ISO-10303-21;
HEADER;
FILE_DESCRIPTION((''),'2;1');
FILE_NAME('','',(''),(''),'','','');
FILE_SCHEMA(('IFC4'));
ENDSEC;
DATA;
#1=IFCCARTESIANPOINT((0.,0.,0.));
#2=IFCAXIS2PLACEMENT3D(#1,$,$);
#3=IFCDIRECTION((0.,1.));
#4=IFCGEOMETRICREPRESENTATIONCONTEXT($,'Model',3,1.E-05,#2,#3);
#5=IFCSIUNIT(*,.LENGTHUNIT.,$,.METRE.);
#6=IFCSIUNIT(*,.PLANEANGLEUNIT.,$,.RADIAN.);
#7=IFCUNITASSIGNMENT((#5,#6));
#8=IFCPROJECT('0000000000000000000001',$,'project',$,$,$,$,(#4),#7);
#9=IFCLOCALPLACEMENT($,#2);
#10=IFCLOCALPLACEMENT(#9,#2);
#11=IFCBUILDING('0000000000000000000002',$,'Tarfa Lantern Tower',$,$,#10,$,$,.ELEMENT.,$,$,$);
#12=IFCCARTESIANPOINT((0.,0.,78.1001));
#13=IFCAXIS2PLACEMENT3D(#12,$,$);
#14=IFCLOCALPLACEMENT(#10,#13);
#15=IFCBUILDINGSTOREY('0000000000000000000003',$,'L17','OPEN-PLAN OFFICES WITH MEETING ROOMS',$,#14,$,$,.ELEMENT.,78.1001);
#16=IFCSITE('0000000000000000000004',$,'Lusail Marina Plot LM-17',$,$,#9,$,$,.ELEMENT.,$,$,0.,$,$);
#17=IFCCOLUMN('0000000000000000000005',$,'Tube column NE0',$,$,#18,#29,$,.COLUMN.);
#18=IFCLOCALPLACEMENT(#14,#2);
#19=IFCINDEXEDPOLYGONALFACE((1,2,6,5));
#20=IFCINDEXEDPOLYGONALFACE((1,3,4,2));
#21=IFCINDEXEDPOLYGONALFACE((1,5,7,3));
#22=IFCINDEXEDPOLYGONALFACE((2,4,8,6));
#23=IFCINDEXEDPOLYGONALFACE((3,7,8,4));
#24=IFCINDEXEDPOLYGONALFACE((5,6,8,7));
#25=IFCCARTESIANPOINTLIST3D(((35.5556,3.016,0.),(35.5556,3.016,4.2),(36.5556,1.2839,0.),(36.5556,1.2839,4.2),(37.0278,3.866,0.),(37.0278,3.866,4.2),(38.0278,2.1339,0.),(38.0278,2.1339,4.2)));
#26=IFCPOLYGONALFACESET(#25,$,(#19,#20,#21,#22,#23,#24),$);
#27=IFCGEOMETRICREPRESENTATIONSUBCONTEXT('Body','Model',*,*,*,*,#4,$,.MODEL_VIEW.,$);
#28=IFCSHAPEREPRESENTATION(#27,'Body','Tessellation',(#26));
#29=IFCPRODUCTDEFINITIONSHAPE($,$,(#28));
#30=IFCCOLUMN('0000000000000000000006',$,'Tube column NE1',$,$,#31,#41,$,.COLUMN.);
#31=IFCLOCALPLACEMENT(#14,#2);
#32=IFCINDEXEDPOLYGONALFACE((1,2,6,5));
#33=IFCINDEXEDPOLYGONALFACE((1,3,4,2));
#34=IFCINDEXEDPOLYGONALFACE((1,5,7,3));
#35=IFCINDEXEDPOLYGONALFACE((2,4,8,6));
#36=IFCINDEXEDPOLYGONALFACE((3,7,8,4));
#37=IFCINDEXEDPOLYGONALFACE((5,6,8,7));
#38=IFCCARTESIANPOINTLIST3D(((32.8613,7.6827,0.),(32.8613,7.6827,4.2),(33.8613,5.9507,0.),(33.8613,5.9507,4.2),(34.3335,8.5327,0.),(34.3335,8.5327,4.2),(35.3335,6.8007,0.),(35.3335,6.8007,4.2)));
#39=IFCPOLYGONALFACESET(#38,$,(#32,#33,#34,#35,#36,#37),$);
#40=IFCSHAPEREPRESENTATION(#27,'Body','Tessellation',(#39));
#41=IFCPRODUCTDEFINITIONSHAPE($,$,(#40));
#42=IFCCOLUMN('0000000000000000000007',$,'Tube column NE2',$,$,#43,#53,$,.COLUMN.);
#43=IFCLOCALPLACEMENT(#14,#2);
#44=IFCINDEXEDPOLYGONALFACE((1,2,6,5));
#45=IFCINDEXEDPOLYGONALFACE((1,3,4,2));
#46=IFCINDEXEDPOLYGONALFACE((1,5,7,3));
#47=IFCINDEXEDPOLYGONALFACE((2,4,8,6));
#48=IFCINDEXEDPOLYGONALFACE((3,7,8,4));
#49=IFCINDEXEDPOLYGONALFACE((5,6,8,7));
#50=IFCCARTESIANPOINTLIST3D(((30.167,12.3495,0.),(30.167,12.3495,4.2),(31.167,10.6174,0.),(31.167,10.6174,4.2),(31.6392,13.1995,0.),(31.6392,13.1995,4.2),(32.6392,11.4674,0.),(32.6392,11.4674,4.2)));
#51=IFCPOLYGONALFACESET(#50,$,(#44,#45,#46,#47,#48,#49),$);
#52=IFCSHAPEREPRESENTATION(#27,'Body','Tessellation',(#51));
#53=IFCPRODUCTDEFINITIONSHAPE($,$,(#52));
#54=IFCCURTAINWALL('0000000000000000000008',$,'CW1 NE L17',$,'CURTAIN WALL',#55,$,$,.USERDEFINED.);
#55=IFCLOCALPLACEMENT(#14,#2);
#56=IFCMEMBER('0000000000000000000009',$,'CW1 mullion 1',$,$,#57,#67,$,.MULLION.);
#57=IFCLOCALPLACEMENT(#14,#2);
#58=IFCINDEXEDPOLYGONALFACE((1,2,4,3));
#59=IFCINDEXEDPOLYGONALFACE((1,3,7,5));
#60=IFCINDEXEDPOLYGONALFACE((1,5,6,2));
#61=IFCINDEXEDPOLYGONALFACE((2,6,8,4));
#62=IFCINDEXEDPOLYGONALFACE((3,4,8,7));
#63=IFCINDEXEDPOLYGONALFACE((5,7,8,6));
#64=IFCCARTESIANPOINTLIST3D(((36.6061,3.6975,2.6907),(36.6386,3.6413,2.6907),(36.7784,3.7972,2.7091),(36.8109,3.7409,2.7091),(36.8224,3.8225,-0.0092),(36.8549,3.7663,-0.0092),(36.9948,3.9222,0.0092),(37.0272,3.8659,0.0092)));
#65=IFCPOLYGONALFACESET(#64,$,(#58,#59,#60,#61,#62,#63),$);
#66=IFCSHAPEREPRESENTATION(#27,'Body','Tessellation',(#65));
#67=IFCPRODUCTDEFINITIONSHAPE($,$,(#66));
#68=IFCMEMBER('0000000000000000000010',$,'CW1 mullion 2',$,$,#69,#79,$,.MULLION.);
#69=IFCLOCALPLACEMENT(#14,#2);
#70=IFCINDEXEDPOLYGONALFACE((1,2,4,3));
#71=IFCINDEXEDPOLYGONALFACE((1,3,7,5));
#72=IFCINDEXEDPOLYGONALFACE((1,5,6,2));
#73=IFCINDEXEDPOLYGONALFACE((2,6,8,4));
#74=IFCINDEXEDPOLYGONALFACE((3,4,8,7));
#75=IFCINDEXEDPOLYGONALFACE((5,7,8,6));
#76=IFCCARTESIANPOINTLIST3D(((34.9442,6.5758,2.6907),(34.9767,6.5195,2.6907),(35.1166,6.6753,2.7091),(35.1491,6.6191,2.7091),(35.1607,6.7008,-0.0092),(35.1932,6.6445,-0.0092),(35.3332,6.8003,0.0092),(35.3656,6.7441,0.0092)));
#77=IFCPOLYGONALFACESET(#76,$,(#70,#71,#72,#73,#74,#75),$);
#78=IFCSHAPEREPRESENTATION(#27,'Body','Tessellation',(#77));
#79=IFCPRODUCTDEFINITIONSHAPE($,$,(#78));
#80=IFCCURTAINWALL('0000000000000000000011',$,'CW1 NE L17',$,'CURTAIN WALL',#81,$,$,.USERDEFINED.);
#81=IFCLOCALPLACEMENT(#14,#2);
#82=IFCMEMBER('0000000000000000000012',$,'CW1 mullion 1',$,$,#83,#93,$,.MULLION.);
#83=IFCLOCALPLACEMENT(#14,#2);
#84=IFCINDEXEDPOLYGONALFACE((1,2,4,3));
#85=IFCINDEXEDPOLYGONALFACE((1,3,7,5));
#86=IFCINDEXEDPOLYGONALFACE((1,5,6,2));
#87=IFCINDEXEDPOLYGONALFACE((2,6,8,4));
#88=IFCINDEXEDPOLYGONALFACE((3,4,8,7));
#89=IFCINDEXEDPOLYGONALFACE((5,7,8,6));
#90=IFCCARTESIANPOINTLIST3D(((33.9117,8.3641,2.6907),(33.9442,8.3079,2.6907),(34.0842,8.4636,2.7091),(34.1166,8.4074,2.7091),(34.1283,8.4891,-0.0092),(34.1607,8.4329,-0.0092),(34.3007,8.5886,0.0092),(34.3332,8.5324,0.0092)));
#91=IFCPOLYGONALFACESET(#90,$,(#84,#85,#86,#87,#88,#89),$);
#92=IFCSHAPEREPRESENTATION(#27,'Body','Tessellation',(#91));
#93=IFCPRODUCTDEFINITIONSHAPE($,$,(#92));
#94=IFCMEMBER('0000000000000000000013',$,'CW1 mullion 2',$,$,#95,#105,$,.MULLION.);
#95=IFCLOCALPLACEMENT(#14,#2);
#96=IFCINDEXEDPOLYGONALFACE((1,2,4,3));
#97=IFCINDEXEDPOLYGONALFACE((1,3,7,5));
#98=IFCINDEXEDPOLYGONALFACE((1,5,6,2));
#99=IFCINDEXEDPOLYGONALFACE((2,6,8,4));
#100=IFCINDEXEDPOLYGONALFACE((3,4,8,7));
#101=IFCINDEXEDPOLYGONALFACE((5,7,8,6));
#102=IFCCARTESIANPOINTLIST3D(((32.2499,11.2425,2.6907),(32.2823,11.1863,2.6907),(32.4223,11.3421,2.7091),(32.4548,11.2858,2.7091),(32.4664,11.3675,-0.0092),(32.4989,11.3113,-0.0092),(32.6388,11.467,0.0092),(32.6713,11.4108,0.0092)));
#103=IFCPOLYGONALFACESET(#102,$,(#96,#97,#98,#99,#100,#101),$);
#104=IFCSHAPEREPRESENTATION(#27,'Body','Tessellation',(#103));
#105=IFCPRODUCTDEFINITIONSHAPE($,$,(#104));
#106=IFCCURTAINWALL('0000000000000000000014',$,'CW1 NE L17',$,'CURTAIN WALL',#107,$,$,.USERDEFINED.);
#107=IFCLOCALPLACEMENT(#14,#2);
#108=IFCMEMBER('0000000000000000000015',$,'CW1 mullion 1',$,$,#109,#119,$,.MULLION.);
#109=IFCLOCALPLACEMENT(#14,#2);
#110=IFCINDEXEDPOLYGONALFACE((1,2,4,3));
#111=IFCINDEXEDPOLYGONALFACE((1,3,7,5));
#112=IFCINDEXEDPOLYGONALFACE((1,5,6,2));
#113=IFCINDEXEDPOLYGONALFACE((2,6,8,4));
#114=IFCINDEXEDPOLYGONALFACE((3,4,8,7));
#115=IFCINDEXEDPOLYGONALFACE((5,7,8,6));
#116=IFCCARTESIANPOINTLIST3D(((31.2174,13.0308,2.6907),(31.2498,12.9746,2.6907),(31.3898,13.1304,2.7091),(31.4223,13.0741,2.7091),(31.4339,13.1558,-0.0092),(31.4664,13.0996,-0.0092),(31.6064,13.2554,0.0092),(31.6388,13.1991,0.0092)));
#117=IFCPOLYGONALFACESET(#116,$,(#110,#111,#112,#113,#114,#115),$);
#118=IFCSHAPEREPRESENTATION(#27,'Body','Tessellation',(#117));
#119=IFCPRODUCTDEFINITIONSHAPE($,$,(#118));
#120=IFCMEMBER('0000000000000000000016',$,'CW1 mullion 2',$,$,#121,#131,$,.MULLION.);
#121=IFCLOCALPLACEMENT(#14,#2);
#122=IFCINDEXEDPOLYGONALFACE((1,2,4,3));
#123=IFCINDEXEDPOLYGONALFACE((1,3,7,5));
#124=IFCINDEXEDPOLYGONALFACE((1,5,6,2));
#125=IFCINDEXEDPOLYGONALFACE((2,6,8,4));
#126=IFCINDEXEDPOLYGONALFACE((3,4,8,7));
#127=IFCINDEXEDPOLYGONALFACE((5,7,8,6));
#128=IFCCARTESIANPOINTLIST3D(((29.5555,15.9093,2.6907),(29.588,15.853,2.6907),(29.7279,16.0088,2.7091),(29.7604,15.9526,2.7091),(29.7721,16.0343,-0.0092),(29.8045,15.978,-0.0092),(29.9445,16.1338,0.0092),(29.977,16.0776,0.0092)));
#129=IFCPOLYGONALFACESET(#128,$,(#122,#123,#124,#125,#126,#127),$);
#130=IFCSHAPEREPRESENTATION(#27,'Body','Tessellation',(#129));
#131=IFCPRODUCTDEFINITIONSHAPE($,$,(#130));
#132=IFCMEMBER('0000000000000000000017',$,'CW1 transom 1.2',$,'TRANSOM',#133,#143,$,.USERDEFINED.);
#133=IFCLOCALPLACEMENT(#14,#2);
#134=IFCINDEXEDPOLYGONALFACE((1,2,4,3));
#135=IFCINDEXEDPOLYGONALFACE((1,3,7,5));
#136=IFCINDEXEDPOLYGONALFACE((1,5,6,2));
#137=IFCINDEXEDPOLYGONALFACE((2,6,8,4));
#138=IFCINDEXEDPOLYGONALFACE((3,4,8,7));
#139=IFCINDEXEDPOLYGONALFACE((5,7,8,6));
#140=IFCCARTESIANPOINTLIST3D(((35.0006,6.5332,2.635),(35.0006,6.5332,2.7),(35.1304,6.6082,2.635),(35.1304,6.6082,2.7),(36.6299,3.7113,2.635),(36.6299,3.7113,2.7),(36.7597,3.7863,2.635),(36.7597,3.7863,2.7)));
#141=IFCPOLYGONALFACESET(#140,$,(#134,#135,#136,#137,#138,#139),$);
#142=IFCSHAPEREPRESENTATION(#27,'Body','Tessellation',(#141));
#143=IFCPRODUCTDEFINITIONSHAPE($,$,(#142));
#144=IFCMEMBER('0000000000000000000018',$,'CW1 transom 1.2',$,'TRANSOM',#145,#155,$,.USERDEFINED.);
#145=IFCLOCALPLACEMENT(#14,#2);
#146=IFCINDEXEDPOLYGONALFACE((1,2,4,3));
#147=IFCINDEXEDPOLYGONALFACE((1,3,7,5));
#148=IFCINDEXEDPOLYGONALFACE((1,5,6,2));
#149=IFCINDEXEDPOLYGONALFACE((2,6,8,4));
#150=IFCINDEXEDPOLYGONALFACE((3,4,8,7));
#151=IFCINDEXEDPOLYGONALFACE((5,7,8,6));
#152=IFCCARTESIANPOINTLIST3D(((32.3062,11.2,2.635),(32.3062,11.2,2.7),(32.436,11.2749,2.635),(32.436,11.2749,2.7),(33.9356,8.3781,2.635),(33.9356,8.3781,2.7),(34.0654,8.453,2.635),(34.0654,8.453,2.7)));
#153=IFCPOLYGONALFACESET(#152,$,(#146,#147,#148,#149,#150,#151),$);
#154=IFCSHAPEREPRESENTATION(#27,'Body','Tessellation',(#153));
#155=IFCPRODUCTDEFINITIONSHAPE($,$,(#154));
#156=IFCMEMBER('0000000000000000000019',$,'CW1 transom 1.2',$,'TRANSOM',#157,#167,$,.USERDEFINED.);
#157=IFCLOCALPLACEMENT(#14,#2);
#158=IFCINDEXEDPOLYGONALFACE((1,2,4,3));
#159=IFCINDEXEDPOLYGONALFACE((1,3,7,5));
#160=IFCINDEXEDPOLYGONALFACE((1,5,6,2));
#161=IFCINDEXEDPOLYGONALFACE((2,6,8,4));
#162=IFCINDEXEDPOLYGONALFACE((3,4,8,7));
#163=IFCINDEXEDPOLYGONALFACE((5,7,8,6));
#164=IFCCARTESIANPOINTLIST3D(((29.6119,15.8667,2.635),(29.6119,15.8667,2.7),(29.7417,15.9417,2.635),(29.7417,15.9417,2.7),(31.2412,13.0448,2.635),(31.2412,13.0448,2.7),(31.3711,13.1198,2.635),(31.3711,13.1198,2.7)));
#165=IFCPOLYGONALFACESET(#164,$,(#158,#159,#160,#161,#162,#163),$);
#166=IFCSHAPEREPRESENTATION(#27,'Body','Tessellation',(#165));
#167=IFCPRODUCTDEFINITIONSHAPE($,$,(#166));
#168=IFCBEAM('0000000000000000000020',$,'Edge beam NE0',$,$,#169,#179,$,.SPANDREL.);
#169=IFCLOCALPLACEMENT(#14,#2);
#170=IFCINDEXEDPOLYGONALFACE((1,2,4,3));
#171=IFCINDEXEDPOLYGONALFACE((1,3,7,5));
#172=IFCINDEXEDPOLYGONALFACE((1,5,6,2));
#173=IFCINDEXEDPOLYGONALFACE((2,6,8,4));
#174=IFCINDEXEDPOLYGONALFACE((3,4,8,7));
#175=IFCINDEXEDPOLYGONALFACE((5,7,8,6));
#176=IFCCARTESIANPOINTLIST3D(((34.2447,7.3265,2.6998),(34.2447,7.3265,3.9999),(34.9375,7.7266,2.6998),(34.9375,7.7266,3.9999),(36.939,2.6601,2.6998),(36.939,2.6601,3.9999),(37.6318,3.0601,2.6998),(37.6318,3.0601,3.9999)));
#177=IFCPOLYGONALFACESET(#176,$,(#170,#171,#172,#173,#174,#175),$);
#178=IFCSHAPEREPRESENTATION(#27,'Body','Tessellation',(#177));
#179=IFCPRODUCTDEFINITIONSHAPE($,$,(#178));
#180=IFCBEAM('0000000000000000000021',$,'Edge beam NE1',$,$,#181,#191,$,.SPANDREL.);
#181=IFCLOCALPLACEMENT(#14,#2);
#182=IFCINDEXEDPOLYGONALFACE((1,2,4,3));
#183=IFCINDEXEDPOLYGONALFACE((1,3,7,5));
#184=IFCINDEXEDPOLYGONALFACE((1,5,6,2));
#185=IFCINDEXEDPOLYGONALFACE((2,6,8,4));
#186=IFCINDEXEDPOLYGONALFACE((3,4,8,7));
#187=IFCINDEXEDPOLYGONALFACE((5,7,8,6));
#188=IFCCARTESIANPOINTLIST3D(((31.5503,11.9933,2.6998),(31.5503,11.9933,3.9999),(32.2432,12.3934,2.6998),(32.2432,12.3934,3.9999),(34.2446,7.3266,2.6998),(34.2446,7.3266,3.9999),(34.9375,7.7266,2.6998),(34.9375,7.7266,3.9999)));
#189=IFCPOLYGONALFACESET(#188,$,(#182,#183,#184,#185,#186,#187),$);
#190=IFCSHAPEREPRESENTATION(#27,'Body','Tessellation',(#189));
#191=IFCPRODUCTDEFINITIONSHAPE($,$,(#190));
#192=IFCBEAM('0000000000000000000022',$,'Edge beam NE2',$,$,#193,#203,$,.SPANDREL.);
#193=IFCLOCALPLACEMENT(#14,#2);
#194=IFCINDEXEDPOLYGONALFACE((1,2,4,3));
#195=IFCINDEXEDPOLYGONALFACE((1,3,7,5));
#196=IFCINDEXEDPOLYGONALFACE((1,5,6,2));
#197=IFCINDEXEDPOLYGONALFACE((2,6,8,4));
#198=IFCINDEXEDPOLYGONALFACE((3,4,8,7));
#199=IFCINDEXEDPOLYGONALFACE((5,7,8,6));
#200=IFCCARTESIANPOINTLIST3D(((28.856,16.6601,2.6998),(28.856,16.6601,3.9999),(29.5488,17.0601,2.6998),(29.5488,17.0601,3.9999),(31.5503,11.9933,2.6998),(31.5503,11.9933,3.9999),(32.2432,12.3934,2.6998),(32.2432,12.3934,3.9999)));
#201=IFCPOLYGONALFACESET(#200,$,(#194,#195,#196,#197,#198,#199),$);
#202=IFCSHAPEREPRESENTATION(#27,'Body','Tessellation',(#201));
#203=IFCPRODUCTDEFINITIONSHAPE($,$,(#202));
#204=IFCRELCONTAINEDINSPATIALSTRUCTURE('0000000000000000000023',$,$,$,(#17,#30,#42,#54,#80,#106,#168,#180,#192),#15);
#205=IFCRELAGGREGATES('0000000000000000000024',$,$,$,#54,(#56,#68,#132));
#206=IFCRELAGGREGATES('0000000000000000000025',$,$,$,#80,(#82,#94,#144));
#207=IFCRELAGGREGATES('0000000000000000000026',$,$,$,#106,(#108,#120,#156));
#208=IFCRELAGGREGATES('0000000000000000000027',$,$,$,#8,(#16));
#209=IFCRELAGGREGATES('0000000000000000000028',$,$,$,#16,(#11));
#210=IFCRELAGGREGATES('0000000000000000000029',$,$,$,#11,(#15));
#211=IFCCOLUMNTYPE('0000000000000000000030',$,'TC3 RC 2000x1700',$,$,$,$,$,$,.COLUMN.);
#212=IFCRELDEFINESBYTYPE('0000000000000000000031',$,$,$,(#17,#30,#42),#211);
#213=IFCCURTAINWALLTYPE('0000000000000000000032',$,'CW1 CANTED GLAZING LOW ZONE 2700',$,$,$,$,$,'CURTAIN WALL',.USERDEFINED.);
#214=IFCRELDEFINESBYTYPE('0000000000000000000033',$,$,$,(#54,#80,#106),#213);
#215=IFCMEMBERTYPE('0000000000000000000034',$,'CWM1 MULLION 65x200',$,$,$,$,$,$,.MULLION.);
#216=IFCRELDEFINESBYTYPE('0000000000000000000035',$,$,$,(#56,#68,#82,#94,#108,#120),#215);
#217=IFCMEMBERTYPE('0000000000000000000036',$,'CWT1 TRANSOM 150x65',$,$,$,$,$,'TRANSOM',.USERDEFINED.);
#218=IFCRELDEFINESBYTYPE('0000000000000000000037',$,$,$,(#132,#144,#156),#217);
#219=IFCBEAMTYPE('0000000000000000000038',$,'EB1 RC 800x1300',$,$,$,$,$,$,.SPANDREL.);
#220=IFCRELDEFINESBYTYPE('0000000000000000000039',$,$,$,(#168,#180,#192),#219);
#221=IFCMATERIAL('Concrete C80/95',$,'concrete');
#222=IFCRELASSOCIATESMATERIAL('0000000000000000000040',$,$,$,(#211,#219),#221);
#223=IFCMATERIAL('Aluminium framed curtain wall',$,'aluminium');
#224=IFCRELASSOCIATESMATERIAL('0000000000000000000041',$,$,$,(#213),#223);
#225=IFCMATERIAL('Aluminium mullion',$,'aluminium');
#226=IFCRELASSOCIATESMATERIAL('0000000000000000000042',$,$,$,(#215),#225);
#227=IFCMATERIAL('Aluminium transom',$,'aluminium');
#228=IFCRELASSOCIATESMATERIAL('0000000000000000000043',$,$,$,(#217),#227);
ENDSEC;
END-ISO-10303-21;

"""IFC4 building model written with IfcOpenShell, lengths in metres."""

from ifc_helpers import new_model, si_unit, direction, frame, origin, origin_2d, place, context, subcontext, project, spatial, rectangle, extrude, material, material_profile, profile_set, type_object, element, aggregate, save


model = new_model("IFC4")

# Units and contexts
model_context = context("Model", 3, precision=1e-05, world=origin(), true_north=direction((0.0, 1.0)))
body_context = subcontext(model_context, "Body", "Model", "MODEL_VIEW")
ifc_project = project(units=[si_unit("LENGTHUNIT", "METRE"), si_unit("PLANEANGLEUNIT", "RADIAN")], contexts=[model_context])

# Site, building, storey
site_placement = place(None, origin())
site = spatial("IfcSite", under=ifc_project, at=site_placement, Name="Lusail Marina Plot LM-17", CompositionType="ELEMENT", RefElevation=0.0)
building_placement = place(site_placement, origin())
building = spatial("IfcBuilding", under=site, at=building_placement, Name="Tarfa Lantern Tower", CompositionType="ELEMENT")
storey_placement = place(building_placement, frame((0.0, 0.0, 78.1001)))
storey = spatial("IfcBuildingStorey", under=building, at=storey_placement, Name="L17", Description="OPEN-PLAN OFFICES WITH MEETING ROOMS", CompositionType="ELEMENT", Elevation=78.1001)

# Columns
ifc_material_1 = material(Name="Concrete C80/95", Category="concrete")
ifc_material_profile_1 = material_profile(ifc_material_1, rectangle(XDim=2.0, YDim=1.7, at=origin_2d()), Name="RC 2000x1700")
ifc_profile_set_1 = profile_set([ifc_material_profile_1], Name="Concrete C80/95")
column_type = type_object("IfcColumnType", Name="TC3 RC 2000x1700", PredefinedType="COLUMN", material=ifc_profile_set_1)
for number, where, z_axis, x_axis, name in (
    (1, (36.7917, 2.575, 0.0), (0.0, 0.0, 1.0), (-0.5, 0.866025, 0.0), "Tube column NE0"),
    (2, (34.0974, 7.2417, 0.0), (0.0, 0.0, 1.0), (-0.5, 0.866025, 0.0), "Tube column NE1"),
    (3, (31.4031, 11.9084, 0.0), (0.0, 0.0, 1.0), (-0.5, 0.866025, 0.0), "Tube column NE2"),
):
    element("IfcColumn", number, at=place(storey_placement, frame(where, z_axis=z_axis, x_axis=x_axis)), inside=storey, type_object=column_type, Name=name, PredefinedType="COLUMN", context=body_context, shape_type="SweptSolid", body=[
        extrude(rectangle(XDim=2.0, YDim=1.7, at=origin_2d()), origin(), (0.0, 0.0, 1.0), 4.2),
    ])

# Curtain walls, members
ifc_material_2 = material(Name="Aluminium framed curtain wall", Category="aluminium")
curtain_wall_type = type_object("IfcCurtainWallType", Name="CW1 CANTED GLAZING LOW ZONE 2700", ElementType="CURTAIN WALL", PredefinedType="USERDEFINED", material=ifc_material_2)
curtain_wall_1_placement = place(storey_placement, origin())
curtain_wall_1 = element("IfcCurtainWall", 4, at=curtain_wall_1_placement, inside=storey, type_object=curtain_wall_type, Name="CW1 NE L17", ObjectType="CURTAIN WALL", PredefinedType="USERDEFINED")
ifc_material_3 = material(Name="Aluminium mullion", Category="aluminium")
ifc_material_profile_2 = material_profile(ifc_material_3, rectangle(XDim=0.0649, YDim=0.2, at=origin_2d()), Name="AL MULLION 65x200")
ifc_profile_set_2 = profile_set([ifc_material_profile_2], Name="Aluminium mullion")
member_type_1 = type_object("IfcMemberType", Name="CWM1 MULLION 65x200", PredefinedType="MULLION", material=ifc_profile_set_2)
member_1_placement = place(storey_placement, frame((36.9248, 3.8442, 0.0), z_axis=(-0.079775, -0.0461, 0.995746), x_axis=(0.500343, -0.865827, 0.0)))
member_1 = element("IfcMember", 5, at=member_1_placement, type_object=member_type_1, Name="CW1 mullion 1", PredefinedType="MULLION", context=body_context, shape_type="SweptSolid", body=[
    extrude(rectangle(XDim=0.0649, YDim=0.2, at=origin_2d()), origin(), (0.0, 0.0, 1.0), 2.7114),
])
member_2_placement = place(storey_placement, frame((35.2632, 6.7224, 0.0), z_axis=(-0.079864, -0.0461, 0.995739), x_axis=(0.49992, -0.866072, 0.0)))
member_2 = element("IfcMember", 6, at=member_2_placement, type_object=member_type_1, Name="CW1 mullion 2", PredefinedType="MULLION", context=body_context, shape_type="SweptSolid", body=[
    extrude(rectangle(XDim=0.0649, YDim=0.2, at=origin_2d()), origin(), (0.0, 0.0, 1.0), 2.7114),
])
curtain_wall_2_placement = place(storey_placement, origin())
curtain_wall_2 = element("IfcCurtainWall", 7, at=curtain_wall_2_placement, inside=storey, type_object=curtain_wall_type, Name="CW1 NE L17", ObjectType="CURTAIN WALL", PredefinedType="USERDEFINED")
member_3_placement = place(storey_placement, frame((34.2307, 8.5107, 0.0), z_axis=(-0.079864, -0.0461, 0.995739), x_axis=(0.49992, -0.866072, 0.0)))
member_3 = element("IfcMember", 8, at=member_3_placement, type_object=member_type_1, Name="CW1 mullion 1", PredefinedType="MULLION", context=body_context, shape_type="SweptSolid", body=[
    extrude(rectangle(XDim=0.0649, YDim=0.2, at=origin_2d()), origin(), (0.0, 0.0, 1.0), 2.7114),
])
member_4_placement = place(storey_placement, frame((32.5688, 11.3892, 0.0), z_axis=(-0.079864, -0.0461, 0.995739), x_axis=(0.49992, -0.866072, 0.0)))
member_4 = element("IfcMember", 9, at=member_4_placement, type_object=member_type_1, Name="CW1 mullion 2", PredefinedType="MULLION", context=body_context, shape_type="SweptSolid", body=[
    extrude(rectangle(XDim=0.0649, YDim=0.2, at=origin_2d()), origin(), (0.0, 0.0, 1.0), 2.7114),
])
curtain_wall_3_placement = place(storey_placement, origin())
curtain_wall_3 = element("IfcCurtainWall", 10, at=curtain_wall_3_placement, inside=storey, type_object=curtain_wall_type, Name="CW1 NE L17", ObjectType="CURTAIN WALL", PredefinedType="USERDEFINED")
member_5_placement = place(storey_placement, frame((31.5364, 13.1775, 0.0), z_axis=(-0.079864, -0.0461, 0.995739), x_axis=(0.49992, -0.866072, 0.0)))
member_5 = element("IfcMember", 11, at=member_5_placement, type_object=member_type_1, Name="CW1 mullion 1", PredefinedType="MULLION", context=body_context, shape_type="SweptSolid", body=[
    extrude(rectangle(XDim=0.0649, YDim=0.2, at=origin_2d()), origin(), (0.0, 0.0, 1.0), 2.7114),
])
member_6_placement = place(storey_placement, frame((29.8745, 16.0559, 0.0), z_axis=(-0.079864, -0.0461, 0.995739), x_axis=(0.49992, -0.866072, 0.0)))
member_6 = element("IfcMember", 12, at=member_6_placement, type_object=member_type_1, Name="CW1 mullion 2", PredefinedType="MULLION", context=body_context, shape_type="SweptSolid", body=[
    extrude(rectangle(XDim=0.0649, YDim=0.2, at=origin_2d()), origin(), (0.0, 0.0, 1.0), 2.7114),
])

# Members
ifc_material_4 = material(Name="Aluminium transom", Category="aluminium")
ifc_material_profile_3 = material_profile(ifc_material_4, rectangle(XDim=0.1499, YDim=0.0649, at=origin_2d()), Name="AL TRANSOM 150x65")
ifc_profile_set_3 = profile_set([ifc_material_profile_3], Name="Aluminium transom")
member_type_2 = type_object("IfcMemberType", Name="CWT1 TRANSOM 150x65", ElementType="TRANSOM", PredefinedType="USERDEFINED", material=ifc_profile_set_3)
member_7_placement = place(storey_placement, frame((36.6948, 3.7488, 2.6675), z_axis=(-0.500023, 0.866012, 0.0), x_axis=(-0.866012, -0.500023, 0.0)))
member_7 = element("IfcMember", 13, at=member_7_placement, type_object=member_type_2, Name="CW1 transom 1.2", ObjectType="TRANSOM", PredefinedType="USERDEFINED", context=body_context, shape_type="SweptSolid", body=[
    extrude(rectangle(XDim=0.1499, YDim=0.0649, at=origin_2d()), origin(), (0.0, 0.0, 1.0), 3.2585),
])
member_8_placement = place(storey_placement, frame((34.0005, 8.4155, 2.6675), z_axis=(-0.500023, 0.866012, 0.0), x_axis=(-0.866012, -0.500023, 0.0)))
member_8 = element("IfcMember", 14, at=member_8_placement, type_object=member_type_2, Name="CW1 transom 1.2", ObjectType="TRANSOM", PredefinedType="USERDEFINED", context=body_context, shape_type="SweptSolid", body=[
    extrude(rectangle(XDim=0.1499, YDim=0.0649, at=origin_2d()), origin(), (0.0, 0.0, 1.0), 3.2585),
])
member_9_placement = place(storey_placement, frame((31.3062, 13.0823, 2.6675), z_axis=(-0.500023, 0.866012, 0.0), x_axis=(-0.866012, -0.500023, 0.0)))
member_9 = element("IfcMember", 15, at=member_9_placement, type_object=member_type_2, Name="CW1 transom 1.2", ObjectType="TRANSOM", PredefinedType="USERDEFINED", context=body_context, shape_type="SweptSolid", body=[
    extrude(rectangle(XDim=0.1499, YDim=0.0649, at=origin_2d()), origin(), (0.0, 0.0, 1.0), 3.2585),
])

# Beams
ifc_material_profile_4 = material_profile(ifc_material_1, rectangle(XDim=0.8, YDim=1.3, at=origin_2d()), Name="RC 800x1300")
ifc_profile_set_4 = profile_set([ifc_material_profile_4], Name="Concrete C80/95")
beam_type_1 = type_object("IfcBeamType", Name="EB1 RC 800x1300", PredefinedType="SPANDREL", material=ifc_profile_set_4)
beam_1_placement = place(storey_placement, frame((37.2854, 2.8601, 3.3499), z_axis=(-0.500018, 0.866015, 0.0), x_axis=(-0.866015, -0.500018, 0.0)))
element("IfcBeam", 16, at=beam_1_placement, inside=storey, type_object=beam_type_1, Name="Edge beam NE0", PredefinedType="SPANDREL", context=body_context, shape_type="SweptSolid", body=[
    extrude(rectangle(XDim=0.8, YDim=1.3, at=origin_2d()), origin(), (0.0, 0.0, 1.0), 5.3884),
])
for number, where, z_axis, x_axis, name in (
    (17, (34.5911, 7.5266, 3.3499), (-0.499998, 0.866026, 0.0), (-0.866026, -0.499998, 0.0), "Edge beam NE1"),
    (18, (31.8967, 12.1934, 3.3499), (-0.499998, 0.866026, 0.0), (-0.866026, -0.499998, 0.0), "Edge beam NE2"),
):
    element("IfcBeam", number, at=place(storey_placement, frame(where, z_axis=z_axis, x_axis=x_axis)), inside=storey, type_object=beam_type_1, Name=name, PredefinedType="SPANDREL", context=body_context, shape_type="SweptSolid", body=[
        extrude(rectangle(XDim=0.8, YDim=1.3, at=origin_2d()), origin(), (0.0, 0.0, 1.0), 5.3887),
    ])

aggregate(curtain_wall_1, [member_1, member_2, member_7])
aggregate(curtain_wall_2, [member_3, member_4, member_8])
aggregate(curtain_wall_3, [member_5, member_6, member_9])

save(model, "model.ifc")
